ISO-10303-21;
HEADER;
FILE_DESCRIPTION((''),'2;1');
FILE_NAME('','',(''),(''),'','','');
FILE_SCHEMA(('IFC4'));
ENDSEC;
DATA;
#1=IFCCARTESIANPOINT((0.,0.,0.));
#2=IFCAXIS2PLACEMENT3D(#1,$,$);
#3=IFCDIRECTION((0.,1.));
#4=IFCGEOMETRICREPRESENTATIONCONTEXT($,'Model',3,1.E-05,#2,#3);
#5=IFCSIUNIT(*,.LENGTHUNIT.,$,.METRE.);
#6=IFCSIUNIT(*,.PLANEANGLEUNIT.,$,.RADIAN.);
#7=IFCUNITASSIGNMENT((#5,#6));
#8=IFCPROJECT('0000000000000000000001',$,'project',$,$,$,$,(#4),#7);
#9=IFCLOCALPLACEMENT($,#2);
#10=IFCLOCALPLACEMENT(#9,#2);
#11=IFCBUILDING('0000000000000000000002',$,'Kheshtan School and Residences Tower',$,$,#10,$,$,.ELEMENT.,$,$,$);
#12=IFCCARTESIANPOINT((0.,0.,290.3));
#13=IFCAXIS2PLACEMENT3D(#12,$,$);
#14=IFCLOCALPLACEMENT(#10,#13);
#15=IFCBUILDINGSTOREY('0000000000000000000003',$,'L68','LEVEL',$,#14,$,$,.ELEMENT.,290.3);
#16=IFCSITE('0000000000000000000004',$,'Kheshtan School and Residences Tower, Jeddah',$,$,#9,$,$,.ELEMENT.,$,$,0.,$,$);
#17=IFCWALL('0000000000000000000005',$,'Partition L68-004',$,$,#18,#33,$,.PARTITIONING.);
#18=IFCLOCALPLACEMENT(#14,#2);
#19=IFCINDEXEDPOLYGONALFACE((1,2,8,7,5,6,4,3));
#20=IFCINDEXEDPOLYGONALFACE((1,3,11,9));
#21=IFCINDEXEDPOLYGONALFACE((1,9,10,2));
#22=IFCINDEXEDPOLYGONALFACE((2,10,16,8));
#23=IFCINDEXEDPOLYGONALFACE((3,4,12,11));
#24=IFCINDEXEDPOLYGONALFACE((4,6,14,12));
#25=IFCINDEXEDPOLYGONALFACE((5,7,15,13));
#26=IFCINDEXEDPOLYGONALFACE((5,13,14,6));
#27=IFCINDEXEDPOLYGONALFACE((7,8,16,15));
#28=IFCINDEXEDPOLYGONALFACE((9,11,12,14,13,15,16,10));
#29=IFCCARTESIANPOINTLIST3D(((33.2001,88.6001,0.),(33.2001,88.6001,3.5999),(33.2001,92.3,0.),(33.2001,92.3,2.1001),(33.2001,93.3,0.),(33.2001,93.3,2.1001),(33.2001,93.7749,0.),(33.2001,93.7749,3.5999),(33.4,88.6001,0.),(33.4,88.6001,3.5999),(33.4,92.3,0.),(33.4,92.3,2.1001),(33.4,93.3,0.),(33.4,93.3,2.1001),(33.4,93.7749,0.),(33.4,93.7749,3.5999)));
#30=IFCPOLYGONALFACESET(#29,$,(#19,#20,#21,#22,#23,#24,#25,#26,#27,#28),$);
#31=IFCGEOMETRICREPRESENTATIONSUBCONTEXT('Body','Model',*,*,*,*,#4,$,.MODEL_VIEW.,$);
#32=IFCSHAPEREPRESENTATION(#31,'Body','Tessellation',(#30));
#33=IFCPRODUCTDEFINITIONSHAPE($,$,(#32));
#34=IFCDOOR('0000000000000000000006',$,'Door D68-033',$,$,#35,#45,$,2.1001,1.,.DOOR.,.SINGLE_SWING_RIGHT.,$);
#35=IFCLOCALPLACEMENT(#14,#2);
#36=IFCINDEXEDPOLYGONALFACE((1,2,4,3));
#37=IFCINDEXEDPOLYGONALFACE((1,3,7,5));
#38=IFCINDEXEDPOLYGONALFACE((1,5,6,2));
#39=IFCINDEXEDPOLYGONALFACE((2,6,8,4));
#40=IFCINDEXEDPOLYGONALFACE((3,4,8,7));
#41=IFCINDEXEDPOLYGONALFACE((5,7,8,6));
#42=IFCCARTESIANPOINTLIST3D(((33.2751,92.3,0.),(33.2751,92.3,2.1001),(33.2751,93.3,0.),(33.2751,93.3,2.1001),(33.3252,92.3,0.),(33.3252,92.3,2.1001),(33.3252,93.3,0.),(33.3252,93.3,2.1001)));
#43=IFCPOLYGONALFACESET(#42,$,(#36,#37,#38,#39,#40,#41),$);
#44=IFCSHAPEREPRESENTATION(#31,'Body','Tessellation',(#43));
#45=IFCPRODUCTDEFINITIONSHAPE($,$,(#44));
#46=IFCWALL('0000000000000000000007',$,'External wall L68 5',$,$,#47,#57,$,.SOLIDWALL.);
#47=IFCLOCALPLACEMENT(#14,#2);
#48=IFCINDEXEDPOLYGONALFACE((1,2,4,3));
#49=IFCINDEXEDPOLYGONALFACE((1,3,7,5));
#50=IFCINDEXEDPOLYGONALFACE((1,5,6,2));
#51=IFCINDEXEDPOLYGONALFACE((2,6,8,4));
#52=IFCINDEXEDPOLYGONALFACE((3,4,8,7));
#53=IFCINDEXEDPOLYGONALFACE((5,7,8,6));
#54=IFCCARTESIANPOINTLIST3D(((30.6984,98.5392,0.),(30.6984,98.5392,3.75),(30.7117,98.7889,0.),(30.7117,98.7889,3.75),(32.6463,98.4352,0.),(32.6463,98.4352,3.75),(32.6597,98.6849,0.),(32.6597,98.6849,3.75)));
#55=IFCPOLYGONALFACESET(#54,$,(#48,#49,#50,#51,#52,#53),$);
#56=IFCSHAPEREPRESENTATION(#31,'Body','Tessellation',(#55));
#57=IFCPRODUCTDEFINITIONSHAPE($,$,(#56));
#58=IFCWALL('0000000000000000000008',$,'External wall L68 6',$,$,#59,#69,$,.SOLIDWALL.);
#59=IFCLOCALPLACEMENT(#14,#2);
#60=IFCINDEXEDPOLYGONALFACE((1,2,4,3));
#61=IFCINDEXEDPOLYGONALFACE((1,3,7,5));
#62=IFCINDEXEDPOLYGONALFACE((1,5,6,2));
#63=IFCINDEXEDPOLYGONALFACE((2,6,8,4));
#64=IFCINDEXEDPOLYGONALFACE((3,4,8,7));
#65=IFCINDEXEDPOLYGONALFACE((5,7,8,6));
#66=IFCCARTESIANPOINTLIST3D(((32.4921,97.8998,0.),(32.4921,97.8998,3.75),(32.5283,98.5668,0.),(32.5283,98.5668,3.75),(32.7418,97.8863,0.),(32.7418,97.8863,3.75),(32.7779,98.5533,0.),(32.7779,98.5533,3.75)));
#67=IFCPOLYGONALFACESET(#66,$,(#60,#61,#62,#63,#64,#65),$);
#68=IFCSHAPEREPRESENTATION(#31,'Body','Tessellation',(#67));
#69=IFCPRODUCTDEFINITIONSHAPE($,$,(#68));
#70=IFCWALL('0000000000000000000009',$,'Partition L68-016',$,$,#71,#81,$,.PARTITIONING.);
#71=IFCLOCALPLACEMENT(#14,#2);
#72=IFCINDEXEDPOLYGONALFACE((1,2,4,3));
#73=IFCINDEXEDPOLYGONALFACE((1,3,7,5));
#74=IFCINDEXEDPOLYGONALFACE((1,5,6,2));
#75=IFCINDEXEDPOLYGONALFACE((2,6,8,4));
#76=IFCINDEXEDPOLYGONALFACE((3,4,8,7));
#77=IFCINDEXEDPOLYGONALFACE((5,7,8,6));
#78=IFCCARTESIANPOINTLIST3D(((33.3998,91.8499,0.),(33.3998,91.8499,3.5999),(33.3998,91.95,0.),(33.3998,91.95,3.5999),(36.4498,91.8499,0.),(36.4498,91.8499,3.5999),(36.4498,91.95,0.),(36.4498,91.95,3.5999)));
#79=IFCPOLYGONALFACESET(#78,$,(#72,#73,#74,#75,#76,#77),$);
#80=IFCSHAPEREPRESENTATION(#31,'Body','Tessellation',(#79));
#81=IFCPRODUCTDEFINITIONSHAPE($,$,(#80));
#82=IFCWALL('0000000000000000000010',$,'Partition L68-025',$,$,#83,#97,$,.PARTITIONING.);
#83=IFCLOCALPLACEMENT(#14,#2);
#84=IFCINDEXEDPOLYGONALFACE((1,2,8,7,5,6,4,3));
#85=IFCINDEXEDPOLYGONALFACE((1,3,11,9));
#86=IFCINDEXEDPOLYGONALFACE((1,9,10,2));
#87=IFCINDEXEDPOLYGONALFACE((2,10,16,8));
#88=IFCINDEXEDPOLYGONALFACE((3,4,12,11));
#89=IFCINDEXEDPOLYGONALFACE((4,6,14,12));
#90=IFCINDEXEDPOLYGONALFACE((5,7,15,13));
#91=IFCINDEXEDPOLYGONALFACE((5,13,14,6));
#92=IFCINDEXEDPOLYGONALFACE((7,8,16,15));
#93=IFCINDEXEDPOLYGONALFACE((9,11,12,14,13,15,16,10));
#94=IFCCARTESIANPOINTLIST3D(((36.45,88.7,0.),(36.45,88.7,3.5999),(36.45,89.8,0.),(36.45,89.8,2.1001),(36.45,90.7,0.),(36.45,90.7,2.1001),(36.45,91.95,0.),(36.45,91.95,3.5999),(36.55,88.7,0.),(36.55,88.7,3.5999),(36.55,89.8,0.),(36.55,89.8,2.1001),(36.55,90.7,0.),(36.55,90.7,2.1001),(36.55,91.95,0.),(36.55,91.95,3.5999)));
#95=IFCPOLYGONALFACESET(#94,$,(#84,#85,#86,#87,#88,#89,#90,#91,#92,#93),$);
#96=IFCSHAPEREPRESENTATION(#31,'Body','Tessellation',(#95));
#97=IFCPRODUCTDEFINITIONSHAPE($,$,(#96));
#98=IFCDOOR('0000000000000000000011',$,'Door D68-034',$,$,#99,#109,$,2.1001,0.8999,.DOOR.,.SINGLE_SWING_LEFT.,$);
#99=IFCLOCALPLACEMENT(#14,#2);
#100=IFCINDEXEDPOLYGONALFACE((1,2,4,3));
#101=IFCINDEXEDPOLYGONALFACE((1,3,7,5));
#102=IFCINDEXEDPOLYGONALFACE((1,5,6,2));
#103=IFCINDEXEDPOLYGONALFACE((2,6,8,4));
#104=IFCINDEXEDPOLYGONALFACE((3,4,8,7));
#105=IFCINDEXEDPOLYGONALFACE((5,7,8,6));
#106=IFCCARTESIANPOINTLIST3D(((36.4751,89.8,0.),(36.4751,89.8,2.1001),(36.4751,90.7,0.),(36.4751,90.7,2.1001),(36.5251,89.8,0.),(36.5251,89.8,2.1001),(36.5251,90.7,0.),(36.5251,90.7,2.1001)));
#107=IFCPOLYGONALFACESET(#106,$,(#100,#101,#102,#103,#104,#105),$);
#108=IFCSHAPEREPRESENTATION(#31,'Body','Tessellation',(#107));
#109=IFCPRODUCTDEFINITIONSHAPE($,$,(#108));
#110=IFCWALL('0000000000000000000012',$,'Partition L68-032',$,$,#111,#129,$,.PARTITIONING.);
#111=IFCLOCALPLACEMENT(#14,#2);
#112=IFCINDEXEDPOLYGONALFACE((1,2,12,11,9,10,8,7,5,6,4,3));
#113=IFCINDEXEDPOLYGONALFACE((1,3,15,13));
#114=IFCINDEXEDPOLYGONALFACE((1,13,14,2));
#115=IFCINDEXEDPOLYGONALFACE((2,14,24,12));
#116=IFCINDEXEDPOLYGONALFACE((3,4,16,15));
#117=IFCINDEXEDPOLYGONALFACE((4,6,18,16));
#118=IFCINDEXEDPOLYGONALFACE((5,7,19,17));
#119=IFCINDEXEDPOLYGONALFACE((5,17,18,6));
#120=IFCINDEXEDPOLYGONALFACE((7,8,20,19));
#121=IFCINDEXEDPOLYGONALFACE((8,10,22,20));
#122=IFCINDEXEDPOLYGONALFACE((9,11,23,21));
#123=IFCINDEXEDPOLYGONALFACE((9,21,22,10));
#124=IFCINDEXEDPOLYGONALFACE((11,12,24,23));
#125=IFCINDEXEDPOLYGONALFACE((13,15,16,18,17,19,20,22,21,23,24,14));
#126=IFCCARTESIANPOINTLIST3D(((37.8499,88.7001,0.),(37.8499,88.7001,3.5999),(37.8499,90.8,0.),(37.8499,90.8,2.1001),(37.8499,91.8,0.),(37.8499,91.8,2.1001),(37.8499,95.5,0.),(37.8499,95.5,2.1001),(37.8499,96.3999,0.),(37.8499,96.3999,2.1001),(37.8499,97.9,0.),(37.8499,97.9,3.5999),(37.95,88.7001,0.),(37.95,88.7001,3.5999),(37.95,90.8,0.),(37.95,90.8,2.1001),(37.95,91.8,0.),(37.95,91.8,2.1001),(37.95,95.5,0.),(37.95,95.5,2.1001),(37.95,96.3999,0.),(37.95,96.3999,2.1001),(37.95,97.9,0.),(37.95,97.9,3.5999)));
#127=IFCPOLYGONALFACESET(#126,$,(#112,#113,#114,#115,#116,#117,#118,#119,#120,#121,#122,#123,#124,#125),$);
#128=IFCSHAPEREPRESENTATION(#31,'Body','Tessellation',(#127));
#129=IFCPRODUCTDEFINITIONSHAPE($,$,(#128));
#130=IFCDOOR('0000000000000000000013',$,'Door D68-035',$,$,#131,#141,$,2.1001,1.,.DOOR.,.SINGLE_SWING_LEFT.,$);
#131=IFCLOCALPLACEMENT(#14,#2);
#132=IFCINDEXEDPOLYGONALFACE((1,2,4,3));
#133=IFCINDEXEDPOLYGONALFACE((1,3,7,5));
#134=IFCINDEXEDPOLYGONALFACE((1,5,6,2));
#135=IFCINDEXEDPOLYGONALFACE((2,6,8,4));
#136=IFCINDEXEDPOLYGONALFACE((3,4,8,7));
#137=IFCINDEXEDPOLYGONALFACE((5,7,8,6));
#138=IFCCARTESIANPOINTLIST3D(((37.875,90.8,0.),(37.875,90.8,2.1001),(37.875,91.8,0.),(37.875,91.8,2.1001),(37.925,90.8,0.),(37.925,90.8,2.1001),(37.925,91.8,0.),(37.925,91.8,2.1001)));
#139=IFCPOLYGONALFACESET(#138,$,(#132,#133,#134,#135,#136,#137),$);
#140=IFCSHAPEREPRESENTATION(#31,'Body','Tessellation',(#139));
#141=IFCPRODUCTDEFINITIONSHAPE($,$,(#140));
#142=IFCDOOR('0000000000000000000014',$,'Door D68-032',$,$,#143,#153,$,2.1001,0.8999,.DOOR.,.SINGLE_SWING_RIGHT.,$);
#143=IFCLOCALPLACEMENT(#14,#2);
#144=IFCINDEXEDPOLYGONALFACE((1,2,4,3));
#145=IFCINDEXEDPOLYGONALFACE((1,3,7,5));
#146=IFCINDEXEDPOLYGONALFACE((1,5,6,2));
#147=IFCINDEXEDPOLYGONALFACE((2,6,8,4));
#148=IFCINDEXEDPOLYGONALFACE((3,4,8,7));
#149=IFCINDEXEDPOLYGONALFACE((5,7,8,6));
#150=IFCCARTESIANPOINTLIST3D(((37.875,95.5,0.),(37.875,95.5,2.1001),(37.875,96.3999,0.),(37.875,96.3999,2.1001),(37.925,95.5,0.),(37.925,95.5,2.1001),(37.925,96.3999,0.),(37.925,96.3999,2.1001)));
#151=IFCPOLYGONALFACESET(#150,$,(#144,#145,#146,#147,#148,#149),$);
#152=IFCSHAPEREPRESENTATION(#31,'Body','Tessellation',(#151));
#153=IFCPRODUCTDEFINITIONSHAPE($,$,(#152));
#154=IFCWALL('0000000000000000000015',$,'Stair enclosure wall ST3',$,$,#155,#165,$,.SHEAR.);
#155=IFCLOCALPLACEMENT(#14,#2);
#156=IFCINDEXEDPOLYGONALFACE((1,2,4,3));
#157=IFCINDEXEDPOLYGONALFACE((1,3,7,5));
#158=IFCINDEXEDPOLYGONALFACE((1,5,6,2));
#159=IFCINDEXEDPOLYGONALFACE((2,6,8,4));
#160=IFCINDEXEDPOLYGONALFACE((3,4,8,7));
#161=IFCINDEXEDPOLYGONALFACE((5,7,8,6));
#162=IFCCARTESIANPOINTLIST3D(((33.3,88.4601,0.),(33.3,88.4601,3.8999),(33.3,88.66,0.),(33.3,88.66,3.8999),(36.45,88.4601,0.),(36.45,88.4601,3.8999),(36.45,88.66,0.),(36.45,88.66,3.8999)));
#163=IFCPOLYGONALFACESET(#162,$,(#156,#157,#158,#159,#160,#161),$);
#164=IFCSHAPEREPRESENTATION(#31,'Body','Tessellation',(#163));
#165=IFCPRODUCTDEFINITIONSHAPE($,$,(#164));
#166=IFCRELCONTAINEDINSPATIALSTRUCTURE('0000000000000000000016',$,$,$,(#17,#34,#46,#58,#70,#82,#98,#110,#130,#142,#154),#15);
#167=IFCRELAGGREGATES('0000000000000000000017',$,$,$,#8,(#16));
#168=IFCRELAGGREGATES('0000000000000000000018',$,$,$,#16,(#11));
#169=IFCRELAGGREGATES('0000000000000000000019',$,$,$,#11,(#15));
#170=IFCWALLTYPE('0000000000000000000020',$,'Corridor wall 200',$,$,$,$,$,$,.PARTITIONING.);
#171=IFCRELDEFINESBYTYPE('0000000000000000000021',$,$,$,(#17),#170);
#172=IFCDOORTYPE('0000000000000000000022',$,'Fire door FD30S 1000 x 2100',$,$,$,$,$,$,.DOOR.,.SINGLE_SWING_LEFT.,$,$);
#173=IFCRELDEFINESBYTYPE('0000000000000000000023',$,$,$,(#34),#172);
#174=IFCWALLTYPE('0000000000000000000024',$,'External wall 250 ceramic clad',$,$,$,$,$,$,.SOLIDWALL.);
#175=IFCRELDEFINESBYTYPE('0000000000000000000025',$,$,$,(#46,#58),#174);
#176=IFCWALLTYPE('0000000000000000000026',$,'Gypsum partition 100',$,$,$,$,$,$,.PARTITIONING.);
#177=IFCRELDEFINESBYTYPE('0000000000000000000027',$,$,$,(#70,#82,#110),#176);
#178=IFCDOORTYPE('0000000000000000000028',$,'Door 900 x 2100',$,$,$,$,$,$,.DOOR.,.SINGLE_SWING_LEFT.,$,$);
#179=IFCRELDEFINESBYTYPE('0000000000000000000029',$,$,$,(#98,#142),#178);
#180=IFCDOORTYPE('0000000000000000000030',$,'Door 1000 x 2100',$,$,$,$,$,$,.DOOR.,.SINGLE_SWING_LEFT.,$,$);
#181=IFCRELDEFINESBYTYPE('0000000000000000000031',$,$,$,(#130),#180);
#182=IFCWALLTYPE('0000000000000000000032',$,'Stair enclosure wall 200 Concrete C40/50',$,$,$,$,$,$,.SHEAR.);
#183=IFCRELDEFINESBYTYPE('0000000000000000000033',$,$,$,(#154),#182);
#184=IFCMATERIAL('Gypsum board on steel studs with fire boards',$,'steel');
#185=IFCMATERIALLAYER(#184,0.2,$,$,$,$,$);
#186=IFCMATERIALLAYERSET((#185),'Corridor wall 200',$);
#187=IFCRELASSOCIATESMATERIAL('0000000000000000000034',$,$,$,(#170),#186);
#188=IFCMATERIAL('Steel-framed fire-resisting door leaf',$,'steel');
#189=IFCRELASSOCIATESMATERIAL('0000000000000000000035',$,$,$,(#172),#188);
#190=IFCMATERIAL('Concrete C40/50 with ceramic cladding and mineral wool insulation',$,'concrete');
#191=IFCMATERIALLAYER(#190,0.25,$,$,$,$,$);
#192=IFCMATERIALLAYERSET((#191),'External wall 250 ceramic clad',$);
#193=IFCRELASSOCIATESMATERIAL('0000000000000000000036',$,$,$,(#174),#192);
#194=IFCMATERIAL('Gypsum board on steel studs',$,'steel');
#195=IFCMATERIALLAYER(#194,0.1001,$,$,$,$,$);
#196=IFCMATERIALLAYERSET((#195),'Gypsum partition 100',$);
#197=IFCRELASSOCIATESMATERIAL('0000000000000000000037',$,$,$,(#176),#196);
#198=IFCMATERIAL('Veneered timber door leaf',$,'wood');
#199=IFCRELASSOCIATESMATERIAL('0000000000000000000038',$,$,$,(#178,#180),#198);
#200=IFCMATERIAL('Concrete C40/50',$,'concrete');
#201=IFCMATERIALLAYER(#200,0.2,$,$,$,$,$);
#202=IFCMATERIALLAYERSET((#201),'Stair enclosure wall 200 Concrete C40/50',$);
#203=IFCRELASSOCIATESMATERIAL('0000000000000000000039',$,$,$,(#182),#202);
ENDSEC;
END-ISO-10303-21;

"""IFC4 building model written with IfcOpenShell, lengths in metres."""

from ifc_helpers import new_model, si_unit, direction, frame, frame_2d, origin, place, context, subcontext, project, spatial, rectangle, extrude, source, transform, mapped, material, layer, layer_set, type_object, element, fill, save


model = new_model("IFC4")

# Units and contexts
model_context = context("Model", 3, precision=1e-05, world=origin(), true_north=direction((0.0, 1.0)))
body_context = subcontext(model_context, "Body", "Model", "MODEL_VIEW")
ifc_project = project(units=[si_unit("LENGTHUNIT", "METRE"), si_unit("PLANEANGLEUNIT", "RADIAN")], contexts=[model_context])

# Site, building, storey
site_placement = place(None, origin())
site = spatial("IfcSite", under=ifc_project, at=site_placement, Name="Kheshtan School and Residences Tower, Jeddah", CompositionType="ELEMENT", RefElevation=0.0)
building_placement = place(site_placement, origin())
building = spatial("IfcBuilding", under=site, at=building_placement, Name="Kheshtan School and Residences Tower", CompositionType="ELEMENT")
storey_placement = place(building_placement, frame((0.0, 0.0, 290.3)))
storey = spatial("IfcBuildingStorey", under=building, at=storey_placement, Name="L68", Description="LEVEL", CompositionType="ELEMENT", Elevation=290.3)

# Shared definitions
ifc_material_1 = material(Name="Gypsum board on steel studs with fire boards", Category="steel")
ifc_layer_1 = layer(ifc_material_1, 0.2)
ifc_layer_set_1 = layer_set([ifc_layer_1], Name="Corridor wall 200")
wall_type_1 = type_object("IfcWallType", Name="Corridor wall 200", PredefinedType="PARTITIONING", material=ifc_layer_set_1)

# Wall, opening, door
wall_1_placement = place(storey_placement, frame((33.3, 88.6001, 0.0), z_axis=(0.0, 0.0, 1.0), x_axis=(0.0, 1.0, 0.0)))
wall_1 = element("IfcWall", 1, at=wall_1_placement, inside=storey, type_object=wall_type_1, Name="Partition L68-004", PredefinedType="PARTITIONING", context=body_context, shape_type="SweptSolid", body=[
    extrude(rectangle(XDim=5.1748, YDim=0.2, at=frame_2d((2.5874, 0.0))), origin(), (0.0, 0.0, 1.0), 3.5999),
])
opening_1_placement = place(wall_1_placement, frame((3.7, 0.0, 0.0)))
opening_1 = element("IfcOpeningElement", 2, at=opening_1_placement, cuts=wall_1, PredefinedType="OPENING", context=body_context, shape_type="SweptSolid", body=[
    extrude(rectangle(XDim=1.0, YDim=2.1001, at=frame_2d((0.5, 1.05))), frame((0.0, 0.1099, 0.0), z_axis=(0.0, -1.0, 0.0), x_axis=(1.0, 0.0, 0.0)), (0.0, 0.0, 1.0), 0.22),
])
ifc_material_2 = material(Name="Steel-framed fire-resisting door leaf", Category="steel")
door_type_1 = type_object("IfcDoorType", Name="Fire door FD30S 1000 x 2100", OperationType="SINGLE_SWING_LEFT", PredefinedType="DOOR", material=ifc_material_2)
shared_shape_1 = source(origin(), body_context, "Body", "SweptSolid", [
    extrude(rectangle(XDim=1.0, YDim=2.1001, at=frame_2d((0.5, 1.05))), frame((0.0, 0.0249, 0.0), z_axis=(0.0, -1.0, 0.0), x_axis=(1.0, 0.0, 0.0)), (0.0, 0.0, 1.0), 0.05),
])
door_1_placement = place(opening_1_placement, origin())
door_1 = element("IfcDoor", 3, at=door_1_placement, inside=storey, type_object=door_type_1, Name="Door D68-033", OperationType="SINGLE_SWING_RIGHT", OverallHeight=2.1001, OverallWidth=1.0, PredefinedType="DOOR", context=body_context, shape_type="MappedRepresentation", body=[
    mapped(shared_shape_1, transform((0.0, 0.0, 0.0), x_axis=(1.0, 0.0, 0.0), y_axis=(0.0, 1.0, 0.0), z_axis=(0.0, 0.0, 1.0), scale=1.0)),
])
fill(opening_1, door_1)

# Walls
ifc_material_3 = material(Name="Concrete C40/50 with ceramic cladding and mineral wool insulation", Category="concrete")
ifc_layer_2 = layer(ifc_material_3, 0.25)
ifc_layer_set_2 = layer_set([ifc_layer_2], Name="External wall 250 ceramic clad")
wall_type_2 = type_object("IfcWallType", Name="External wall 250 ceramic clad", PredefinedType="SOLIDWALL", material=ifc_layer_set_2)
wall_2_placement = place(storey_placement, frame((30.7051, 98.6641, 0.0), z_axis=(0.0, 0.0, 1.0), x_axis=(0.998578, -0.053314, 0.0)))
element("IfcWall", 4, at=wall_2_placement, inside=storey, type_object=wall_type_2, Name="External wall L68 5", PredefinedType="SOLIDWALL", context=body_context, shape_type="SweptSolid", body=[
    extrude(rectangle(XDim=1.9507, YDim=0.25, at=frame_2d((0.9753, 0.0))), origin(), (0.0, 0.0, 1.0), 3.75),
])
wall_3_placement = place(storey_placement, frame((32.6531, 98.5601, 0.0), z_axis=(0.0, 0.0, 1.0), x_axis=(-0.054093, -0.998536, 0.0)))
element("IfcWall", 5, at=wall_3_placement, inside=storey, type_object=wall_type_2, Name="External wall L68 6", PredefinedType="SOLIDWALL", context=body_context, shape_type="SweptSolid", body=[
    extrude(rectangle(XDim=0.668, YDim=0.25, at=frame_2d((0.334, 0.0))), origin(), (0.0, 0.0, 1.0), 3.75),
])
ifc_material_4 = material(Name="Gypsum board on steel studs", Category="steel")
ifc_layer_3 = layer(ifc_material_4, 0.1001)
ifc_layer_set_3 = layer_set([ifc_layer_3], Name="Gypsum partition 100")
wall_type_3 = type_object("IfcWallType", Name="Gypsum partition 100", PredefinedType="PARTITIONING", material=ifc_layer_set_3)
wall_4_placement = place(storey_placement, frame((33.3999, 91.8999, 0.0), z_axis=(0.0, 0.0, 1.0), x_axis=(1.0, 0.0, 0.0)))
element("IfcWall", 6, at=wall_4_placement, inside=storey, type_object=wall_type_3, Name="Partition L68-016", PredefinedType="PARTITIONING", context=body_context, shape_type="SweptSolid", body=[
    extrude(rectangle(XDim=3.05, YDim=0.1001, at=frame_2d((1.5249, 0.0))), origin(), (0.0, 0.0, 1.0), 3.5999),
])

# Wall, opening, door
wall_5_placement = place(storey_placement, frame((36.5, 88.7, 0.0), z_axis=(0.0, 0.0, 1.0), x_axis=(0.0, 1.0, 0.0)))
wall_5 = element("IfcWall", 7, at=wall_5_placement, inside=storey, type_object=wall_type_3, Name="Partition L68-025", PredefinedType="PARTITIONING", context=body_context, shape_type="SweptSolid", body=[
    extrude(rectangle(XDim=3.25, YDim=0.1001, at=frame_2d((1.625, 0.0))), origin(), (0.0, 0.0, 1.0), 3.5999),
])
opening_2_placement = place(wall_5_placement, frame((1.1001, 0.0, 0.0)))
opening_2 = element("IfcOpeningElement", 8, at=opening_2_placement, cuts=wall_5, PredefinedType="OPENING", context=body_context, shape_type="SweptSolid", body=[
    extrude(rectangle(XDim=0.8999, YDim=2.1001, at=frame_2d((0.45, 1.05))), frame((0.0, 0.0601, 0.0), z_axis=(0.0, -1.0, 0.0), x_axis=(1.0, 0.0, 0.0)), (0.0, 0.0, 1.0), 0.1201),
])
ifc_material_5 = material(Name="Veneered timber door leaf", Category="wood")
door_type_2 = type_object("IfcDoorType", Name="Door 900 x 2100", OperationType="SINGLE_SWING_LEFT", PredefinedType="DOOR", material=ifc_material_5)
shared_shape_2 = source(origin(), body_context, "Body", "SweptSolid", [
    extrude(rectangle(XDim=0.8999, YDim=2.1001, at=frame_2d((0.45, 1.05))), frame((0.0, 0.0249, 0.0), z_axis=(0.0, -1.0, 0.0), x_axis=(1.0, 0.0, 0.0)), (0.0, 0.0, 1.0), 0.05),
])
door_2_placement = place(opening_2_placement, origin())
door_2 = element("IfcDoor", 9, at=door_2_placement, inside=storey, type_object=door_type_2, Name="Door D68-034", OperationType="SINGLE_SWING_LEFT", OverallHeight=2.1001, OverallWidth=0.8999, PredefinedType="DOOR", context=body_context, shape_type="MappedRepresentation", body=[
    mapped(shared_shape_2, transform((0.0, 0.0, 0.0), x_axis=(1.0, 0.0, 0.0), y_axis=(0.0, 1.0, 0.0), z_axis=(0.0, 0.0, 1.0), scale=1.0)),
])
fill(opening_2, door_2)

# Wall, openings, doors
wall_6_placement = place(storey_placement, frame((37.8999, 88.7, 0.0), z_axis=(0.0, 0.0, 1.0), x_axis=(0.0, 1.0, 0.0)))
wall_6 = element("IfcWall", 10, at=wall_6_placement, inside=storey, type_object=wall_type_3, Name="Partition L68-032", PredefinedType="PARTITIONING", context=body_context, shape_type="SweptSolid", body=[
    extrude(rectangle(XDim=9.2, YDim=0.1001, at=frame_2d((4.6001, 0.0))), origin(), (0.0, 0.0, 1.0), 3.5999),
])
opening_3_placement = place(wall_6_placement, frame((6.8, 0.0, 0.0)))
opening_3 = element("IfcOpeningElement", 11, at=opening_3_placement, cuts=wall_6, PredefinedType="OPENING", context=body_context, shape_type="SweptSolid", body=[
    extrude(rectangle(XDim=0.8999, YDim=2.1001, at=frame_2d((0.45, 1.05))), frame((0.0, 0.0601, 0.0), z_axis=(0.0, -1.0, 0.0), x_axis=(1.0, 0.0, 0.0)), (0.0, 0.0, 1.0), 0.1201),
])
opening_4_placement = place(wall_6_placement, frame((2.1001, 0.0, 0.0)))
opening_4 = element("IfcOpeningElement", 12, at=opening_4_placement, cuts=wall_6, PredefinedType="OPENING", context=body_context, shape_type="SweptSolid", body=[
    extrude(rectangle(XDim=1.0, YDim=2.1001, at=frame_2d((0.5, 1.05))), frame((0.0, 0.0601, 0.0), z_axis=(0.0, -1.0, 0.0), x_axis=(1.0, 0.0, 0.0)), (0.0, 0.0, 1.0), 0.1201),
])
door_type_3 = type_object("IfcDoorType", Name="Door 1000 x 2100", OperationType="SINGLE_SWING_LEFT", PredefinedType="DOOR", material=ifc_material_5)
shared_shape_3 = source(origin(), body_context, "Body", "SweptSolid", [
    extrude(rectangle(XDim=1.0, YDim=2.1001, at=frame_2d((0.5, 1.05))), frame((0.0, 0.0249, 0.0), z_axis=(0.0, -1.0, 0.0), x_axis=(1.0, 0.0, 0.0)), (0.0, 0.0, 1.0), 0.05),
])
door_3_placement = place(opening_4_placement, origin())
door_3 = element("IfcDoor", 13, at=door_3_placement, inside=storey, type_object=door_type_3, Name="Door D68-035", OperationType="SINGLE_SWING_LEFT", OverallHeight=2.1001, OverallWidth=1.0, PredefinedType="DOOR", context=body_context, shape_type="MappedRepresentation", body=[
    mapped(shared_shape_3, transform((0.0, 0.0, 0.0), x_axis=(1.0, 0.0, 0.0), y_axis=(0.0, 1.0, 0.0), z_axis=(0.0, 0.0, 1.0), scale=1.0)),
])
fill(opening_4, door_3)
door_4_placement = place(opening_3_placement, origin())
door_4 = element("IfcDoor", 14, at=door_4_placement, inside=storey, type_object=door_type_2, Name="Door D68-032", OperationType="SINGLE_SWING_RIGHT", OverallHeight=2.1001, OverallWidth=0.8999, PredefinedType="DOOR", context=body_context, shape_type="MappedRepresentation", body=[
    mapped(shared_shape_2, transform((0.0, 0.0, 0.0), x_axis=(1.0, 0.0, 0.0), y_axis=(0.0, 1.0, 0.0), z_axis=(0.0, 0.0, 1.0), scale=1.0)),
])
fill(opening_3, door_4)

# Wall
ifc_material_6 = material(Name="Concrete C40/50", Category="concrete")
ifc_layer_4 = layer(ifc_material_6, 0.2)
ifc_layer_set_4 = layer_set([ifc_layer_4], Name="Stair enclosure wall 200 Concrete C40/50")
wall_type_4 = type_object("IfcWallType", Name="Stair enclosure wall 200 Concrete C40/50", PredefinedType="SHEAR", material=ifc_layer_set_4)
wall_7_placement = place(storey_placement, frame((33.3, 88.5601, 0.0), z_axis=(0.0, 0.0, 1.0), x_axis=(1.0, 0.0, 0.0)))
element("IfcWall", 15, at=wall_7_placement, inside=storey, type_object=wall_type_4, Name="Stair enclosure wall ST3", PredefinedType="SHEAR", context=body_context, shape_type="SweptSolid", body=[
    extrude(rectangle(XDim=3.1499, YDim=0.2, at=frame_2d((1.575, 0.0))), origin(), (0.0, 0.0, 1.0), 3.8999),
])

save(model, "model.ifc")
